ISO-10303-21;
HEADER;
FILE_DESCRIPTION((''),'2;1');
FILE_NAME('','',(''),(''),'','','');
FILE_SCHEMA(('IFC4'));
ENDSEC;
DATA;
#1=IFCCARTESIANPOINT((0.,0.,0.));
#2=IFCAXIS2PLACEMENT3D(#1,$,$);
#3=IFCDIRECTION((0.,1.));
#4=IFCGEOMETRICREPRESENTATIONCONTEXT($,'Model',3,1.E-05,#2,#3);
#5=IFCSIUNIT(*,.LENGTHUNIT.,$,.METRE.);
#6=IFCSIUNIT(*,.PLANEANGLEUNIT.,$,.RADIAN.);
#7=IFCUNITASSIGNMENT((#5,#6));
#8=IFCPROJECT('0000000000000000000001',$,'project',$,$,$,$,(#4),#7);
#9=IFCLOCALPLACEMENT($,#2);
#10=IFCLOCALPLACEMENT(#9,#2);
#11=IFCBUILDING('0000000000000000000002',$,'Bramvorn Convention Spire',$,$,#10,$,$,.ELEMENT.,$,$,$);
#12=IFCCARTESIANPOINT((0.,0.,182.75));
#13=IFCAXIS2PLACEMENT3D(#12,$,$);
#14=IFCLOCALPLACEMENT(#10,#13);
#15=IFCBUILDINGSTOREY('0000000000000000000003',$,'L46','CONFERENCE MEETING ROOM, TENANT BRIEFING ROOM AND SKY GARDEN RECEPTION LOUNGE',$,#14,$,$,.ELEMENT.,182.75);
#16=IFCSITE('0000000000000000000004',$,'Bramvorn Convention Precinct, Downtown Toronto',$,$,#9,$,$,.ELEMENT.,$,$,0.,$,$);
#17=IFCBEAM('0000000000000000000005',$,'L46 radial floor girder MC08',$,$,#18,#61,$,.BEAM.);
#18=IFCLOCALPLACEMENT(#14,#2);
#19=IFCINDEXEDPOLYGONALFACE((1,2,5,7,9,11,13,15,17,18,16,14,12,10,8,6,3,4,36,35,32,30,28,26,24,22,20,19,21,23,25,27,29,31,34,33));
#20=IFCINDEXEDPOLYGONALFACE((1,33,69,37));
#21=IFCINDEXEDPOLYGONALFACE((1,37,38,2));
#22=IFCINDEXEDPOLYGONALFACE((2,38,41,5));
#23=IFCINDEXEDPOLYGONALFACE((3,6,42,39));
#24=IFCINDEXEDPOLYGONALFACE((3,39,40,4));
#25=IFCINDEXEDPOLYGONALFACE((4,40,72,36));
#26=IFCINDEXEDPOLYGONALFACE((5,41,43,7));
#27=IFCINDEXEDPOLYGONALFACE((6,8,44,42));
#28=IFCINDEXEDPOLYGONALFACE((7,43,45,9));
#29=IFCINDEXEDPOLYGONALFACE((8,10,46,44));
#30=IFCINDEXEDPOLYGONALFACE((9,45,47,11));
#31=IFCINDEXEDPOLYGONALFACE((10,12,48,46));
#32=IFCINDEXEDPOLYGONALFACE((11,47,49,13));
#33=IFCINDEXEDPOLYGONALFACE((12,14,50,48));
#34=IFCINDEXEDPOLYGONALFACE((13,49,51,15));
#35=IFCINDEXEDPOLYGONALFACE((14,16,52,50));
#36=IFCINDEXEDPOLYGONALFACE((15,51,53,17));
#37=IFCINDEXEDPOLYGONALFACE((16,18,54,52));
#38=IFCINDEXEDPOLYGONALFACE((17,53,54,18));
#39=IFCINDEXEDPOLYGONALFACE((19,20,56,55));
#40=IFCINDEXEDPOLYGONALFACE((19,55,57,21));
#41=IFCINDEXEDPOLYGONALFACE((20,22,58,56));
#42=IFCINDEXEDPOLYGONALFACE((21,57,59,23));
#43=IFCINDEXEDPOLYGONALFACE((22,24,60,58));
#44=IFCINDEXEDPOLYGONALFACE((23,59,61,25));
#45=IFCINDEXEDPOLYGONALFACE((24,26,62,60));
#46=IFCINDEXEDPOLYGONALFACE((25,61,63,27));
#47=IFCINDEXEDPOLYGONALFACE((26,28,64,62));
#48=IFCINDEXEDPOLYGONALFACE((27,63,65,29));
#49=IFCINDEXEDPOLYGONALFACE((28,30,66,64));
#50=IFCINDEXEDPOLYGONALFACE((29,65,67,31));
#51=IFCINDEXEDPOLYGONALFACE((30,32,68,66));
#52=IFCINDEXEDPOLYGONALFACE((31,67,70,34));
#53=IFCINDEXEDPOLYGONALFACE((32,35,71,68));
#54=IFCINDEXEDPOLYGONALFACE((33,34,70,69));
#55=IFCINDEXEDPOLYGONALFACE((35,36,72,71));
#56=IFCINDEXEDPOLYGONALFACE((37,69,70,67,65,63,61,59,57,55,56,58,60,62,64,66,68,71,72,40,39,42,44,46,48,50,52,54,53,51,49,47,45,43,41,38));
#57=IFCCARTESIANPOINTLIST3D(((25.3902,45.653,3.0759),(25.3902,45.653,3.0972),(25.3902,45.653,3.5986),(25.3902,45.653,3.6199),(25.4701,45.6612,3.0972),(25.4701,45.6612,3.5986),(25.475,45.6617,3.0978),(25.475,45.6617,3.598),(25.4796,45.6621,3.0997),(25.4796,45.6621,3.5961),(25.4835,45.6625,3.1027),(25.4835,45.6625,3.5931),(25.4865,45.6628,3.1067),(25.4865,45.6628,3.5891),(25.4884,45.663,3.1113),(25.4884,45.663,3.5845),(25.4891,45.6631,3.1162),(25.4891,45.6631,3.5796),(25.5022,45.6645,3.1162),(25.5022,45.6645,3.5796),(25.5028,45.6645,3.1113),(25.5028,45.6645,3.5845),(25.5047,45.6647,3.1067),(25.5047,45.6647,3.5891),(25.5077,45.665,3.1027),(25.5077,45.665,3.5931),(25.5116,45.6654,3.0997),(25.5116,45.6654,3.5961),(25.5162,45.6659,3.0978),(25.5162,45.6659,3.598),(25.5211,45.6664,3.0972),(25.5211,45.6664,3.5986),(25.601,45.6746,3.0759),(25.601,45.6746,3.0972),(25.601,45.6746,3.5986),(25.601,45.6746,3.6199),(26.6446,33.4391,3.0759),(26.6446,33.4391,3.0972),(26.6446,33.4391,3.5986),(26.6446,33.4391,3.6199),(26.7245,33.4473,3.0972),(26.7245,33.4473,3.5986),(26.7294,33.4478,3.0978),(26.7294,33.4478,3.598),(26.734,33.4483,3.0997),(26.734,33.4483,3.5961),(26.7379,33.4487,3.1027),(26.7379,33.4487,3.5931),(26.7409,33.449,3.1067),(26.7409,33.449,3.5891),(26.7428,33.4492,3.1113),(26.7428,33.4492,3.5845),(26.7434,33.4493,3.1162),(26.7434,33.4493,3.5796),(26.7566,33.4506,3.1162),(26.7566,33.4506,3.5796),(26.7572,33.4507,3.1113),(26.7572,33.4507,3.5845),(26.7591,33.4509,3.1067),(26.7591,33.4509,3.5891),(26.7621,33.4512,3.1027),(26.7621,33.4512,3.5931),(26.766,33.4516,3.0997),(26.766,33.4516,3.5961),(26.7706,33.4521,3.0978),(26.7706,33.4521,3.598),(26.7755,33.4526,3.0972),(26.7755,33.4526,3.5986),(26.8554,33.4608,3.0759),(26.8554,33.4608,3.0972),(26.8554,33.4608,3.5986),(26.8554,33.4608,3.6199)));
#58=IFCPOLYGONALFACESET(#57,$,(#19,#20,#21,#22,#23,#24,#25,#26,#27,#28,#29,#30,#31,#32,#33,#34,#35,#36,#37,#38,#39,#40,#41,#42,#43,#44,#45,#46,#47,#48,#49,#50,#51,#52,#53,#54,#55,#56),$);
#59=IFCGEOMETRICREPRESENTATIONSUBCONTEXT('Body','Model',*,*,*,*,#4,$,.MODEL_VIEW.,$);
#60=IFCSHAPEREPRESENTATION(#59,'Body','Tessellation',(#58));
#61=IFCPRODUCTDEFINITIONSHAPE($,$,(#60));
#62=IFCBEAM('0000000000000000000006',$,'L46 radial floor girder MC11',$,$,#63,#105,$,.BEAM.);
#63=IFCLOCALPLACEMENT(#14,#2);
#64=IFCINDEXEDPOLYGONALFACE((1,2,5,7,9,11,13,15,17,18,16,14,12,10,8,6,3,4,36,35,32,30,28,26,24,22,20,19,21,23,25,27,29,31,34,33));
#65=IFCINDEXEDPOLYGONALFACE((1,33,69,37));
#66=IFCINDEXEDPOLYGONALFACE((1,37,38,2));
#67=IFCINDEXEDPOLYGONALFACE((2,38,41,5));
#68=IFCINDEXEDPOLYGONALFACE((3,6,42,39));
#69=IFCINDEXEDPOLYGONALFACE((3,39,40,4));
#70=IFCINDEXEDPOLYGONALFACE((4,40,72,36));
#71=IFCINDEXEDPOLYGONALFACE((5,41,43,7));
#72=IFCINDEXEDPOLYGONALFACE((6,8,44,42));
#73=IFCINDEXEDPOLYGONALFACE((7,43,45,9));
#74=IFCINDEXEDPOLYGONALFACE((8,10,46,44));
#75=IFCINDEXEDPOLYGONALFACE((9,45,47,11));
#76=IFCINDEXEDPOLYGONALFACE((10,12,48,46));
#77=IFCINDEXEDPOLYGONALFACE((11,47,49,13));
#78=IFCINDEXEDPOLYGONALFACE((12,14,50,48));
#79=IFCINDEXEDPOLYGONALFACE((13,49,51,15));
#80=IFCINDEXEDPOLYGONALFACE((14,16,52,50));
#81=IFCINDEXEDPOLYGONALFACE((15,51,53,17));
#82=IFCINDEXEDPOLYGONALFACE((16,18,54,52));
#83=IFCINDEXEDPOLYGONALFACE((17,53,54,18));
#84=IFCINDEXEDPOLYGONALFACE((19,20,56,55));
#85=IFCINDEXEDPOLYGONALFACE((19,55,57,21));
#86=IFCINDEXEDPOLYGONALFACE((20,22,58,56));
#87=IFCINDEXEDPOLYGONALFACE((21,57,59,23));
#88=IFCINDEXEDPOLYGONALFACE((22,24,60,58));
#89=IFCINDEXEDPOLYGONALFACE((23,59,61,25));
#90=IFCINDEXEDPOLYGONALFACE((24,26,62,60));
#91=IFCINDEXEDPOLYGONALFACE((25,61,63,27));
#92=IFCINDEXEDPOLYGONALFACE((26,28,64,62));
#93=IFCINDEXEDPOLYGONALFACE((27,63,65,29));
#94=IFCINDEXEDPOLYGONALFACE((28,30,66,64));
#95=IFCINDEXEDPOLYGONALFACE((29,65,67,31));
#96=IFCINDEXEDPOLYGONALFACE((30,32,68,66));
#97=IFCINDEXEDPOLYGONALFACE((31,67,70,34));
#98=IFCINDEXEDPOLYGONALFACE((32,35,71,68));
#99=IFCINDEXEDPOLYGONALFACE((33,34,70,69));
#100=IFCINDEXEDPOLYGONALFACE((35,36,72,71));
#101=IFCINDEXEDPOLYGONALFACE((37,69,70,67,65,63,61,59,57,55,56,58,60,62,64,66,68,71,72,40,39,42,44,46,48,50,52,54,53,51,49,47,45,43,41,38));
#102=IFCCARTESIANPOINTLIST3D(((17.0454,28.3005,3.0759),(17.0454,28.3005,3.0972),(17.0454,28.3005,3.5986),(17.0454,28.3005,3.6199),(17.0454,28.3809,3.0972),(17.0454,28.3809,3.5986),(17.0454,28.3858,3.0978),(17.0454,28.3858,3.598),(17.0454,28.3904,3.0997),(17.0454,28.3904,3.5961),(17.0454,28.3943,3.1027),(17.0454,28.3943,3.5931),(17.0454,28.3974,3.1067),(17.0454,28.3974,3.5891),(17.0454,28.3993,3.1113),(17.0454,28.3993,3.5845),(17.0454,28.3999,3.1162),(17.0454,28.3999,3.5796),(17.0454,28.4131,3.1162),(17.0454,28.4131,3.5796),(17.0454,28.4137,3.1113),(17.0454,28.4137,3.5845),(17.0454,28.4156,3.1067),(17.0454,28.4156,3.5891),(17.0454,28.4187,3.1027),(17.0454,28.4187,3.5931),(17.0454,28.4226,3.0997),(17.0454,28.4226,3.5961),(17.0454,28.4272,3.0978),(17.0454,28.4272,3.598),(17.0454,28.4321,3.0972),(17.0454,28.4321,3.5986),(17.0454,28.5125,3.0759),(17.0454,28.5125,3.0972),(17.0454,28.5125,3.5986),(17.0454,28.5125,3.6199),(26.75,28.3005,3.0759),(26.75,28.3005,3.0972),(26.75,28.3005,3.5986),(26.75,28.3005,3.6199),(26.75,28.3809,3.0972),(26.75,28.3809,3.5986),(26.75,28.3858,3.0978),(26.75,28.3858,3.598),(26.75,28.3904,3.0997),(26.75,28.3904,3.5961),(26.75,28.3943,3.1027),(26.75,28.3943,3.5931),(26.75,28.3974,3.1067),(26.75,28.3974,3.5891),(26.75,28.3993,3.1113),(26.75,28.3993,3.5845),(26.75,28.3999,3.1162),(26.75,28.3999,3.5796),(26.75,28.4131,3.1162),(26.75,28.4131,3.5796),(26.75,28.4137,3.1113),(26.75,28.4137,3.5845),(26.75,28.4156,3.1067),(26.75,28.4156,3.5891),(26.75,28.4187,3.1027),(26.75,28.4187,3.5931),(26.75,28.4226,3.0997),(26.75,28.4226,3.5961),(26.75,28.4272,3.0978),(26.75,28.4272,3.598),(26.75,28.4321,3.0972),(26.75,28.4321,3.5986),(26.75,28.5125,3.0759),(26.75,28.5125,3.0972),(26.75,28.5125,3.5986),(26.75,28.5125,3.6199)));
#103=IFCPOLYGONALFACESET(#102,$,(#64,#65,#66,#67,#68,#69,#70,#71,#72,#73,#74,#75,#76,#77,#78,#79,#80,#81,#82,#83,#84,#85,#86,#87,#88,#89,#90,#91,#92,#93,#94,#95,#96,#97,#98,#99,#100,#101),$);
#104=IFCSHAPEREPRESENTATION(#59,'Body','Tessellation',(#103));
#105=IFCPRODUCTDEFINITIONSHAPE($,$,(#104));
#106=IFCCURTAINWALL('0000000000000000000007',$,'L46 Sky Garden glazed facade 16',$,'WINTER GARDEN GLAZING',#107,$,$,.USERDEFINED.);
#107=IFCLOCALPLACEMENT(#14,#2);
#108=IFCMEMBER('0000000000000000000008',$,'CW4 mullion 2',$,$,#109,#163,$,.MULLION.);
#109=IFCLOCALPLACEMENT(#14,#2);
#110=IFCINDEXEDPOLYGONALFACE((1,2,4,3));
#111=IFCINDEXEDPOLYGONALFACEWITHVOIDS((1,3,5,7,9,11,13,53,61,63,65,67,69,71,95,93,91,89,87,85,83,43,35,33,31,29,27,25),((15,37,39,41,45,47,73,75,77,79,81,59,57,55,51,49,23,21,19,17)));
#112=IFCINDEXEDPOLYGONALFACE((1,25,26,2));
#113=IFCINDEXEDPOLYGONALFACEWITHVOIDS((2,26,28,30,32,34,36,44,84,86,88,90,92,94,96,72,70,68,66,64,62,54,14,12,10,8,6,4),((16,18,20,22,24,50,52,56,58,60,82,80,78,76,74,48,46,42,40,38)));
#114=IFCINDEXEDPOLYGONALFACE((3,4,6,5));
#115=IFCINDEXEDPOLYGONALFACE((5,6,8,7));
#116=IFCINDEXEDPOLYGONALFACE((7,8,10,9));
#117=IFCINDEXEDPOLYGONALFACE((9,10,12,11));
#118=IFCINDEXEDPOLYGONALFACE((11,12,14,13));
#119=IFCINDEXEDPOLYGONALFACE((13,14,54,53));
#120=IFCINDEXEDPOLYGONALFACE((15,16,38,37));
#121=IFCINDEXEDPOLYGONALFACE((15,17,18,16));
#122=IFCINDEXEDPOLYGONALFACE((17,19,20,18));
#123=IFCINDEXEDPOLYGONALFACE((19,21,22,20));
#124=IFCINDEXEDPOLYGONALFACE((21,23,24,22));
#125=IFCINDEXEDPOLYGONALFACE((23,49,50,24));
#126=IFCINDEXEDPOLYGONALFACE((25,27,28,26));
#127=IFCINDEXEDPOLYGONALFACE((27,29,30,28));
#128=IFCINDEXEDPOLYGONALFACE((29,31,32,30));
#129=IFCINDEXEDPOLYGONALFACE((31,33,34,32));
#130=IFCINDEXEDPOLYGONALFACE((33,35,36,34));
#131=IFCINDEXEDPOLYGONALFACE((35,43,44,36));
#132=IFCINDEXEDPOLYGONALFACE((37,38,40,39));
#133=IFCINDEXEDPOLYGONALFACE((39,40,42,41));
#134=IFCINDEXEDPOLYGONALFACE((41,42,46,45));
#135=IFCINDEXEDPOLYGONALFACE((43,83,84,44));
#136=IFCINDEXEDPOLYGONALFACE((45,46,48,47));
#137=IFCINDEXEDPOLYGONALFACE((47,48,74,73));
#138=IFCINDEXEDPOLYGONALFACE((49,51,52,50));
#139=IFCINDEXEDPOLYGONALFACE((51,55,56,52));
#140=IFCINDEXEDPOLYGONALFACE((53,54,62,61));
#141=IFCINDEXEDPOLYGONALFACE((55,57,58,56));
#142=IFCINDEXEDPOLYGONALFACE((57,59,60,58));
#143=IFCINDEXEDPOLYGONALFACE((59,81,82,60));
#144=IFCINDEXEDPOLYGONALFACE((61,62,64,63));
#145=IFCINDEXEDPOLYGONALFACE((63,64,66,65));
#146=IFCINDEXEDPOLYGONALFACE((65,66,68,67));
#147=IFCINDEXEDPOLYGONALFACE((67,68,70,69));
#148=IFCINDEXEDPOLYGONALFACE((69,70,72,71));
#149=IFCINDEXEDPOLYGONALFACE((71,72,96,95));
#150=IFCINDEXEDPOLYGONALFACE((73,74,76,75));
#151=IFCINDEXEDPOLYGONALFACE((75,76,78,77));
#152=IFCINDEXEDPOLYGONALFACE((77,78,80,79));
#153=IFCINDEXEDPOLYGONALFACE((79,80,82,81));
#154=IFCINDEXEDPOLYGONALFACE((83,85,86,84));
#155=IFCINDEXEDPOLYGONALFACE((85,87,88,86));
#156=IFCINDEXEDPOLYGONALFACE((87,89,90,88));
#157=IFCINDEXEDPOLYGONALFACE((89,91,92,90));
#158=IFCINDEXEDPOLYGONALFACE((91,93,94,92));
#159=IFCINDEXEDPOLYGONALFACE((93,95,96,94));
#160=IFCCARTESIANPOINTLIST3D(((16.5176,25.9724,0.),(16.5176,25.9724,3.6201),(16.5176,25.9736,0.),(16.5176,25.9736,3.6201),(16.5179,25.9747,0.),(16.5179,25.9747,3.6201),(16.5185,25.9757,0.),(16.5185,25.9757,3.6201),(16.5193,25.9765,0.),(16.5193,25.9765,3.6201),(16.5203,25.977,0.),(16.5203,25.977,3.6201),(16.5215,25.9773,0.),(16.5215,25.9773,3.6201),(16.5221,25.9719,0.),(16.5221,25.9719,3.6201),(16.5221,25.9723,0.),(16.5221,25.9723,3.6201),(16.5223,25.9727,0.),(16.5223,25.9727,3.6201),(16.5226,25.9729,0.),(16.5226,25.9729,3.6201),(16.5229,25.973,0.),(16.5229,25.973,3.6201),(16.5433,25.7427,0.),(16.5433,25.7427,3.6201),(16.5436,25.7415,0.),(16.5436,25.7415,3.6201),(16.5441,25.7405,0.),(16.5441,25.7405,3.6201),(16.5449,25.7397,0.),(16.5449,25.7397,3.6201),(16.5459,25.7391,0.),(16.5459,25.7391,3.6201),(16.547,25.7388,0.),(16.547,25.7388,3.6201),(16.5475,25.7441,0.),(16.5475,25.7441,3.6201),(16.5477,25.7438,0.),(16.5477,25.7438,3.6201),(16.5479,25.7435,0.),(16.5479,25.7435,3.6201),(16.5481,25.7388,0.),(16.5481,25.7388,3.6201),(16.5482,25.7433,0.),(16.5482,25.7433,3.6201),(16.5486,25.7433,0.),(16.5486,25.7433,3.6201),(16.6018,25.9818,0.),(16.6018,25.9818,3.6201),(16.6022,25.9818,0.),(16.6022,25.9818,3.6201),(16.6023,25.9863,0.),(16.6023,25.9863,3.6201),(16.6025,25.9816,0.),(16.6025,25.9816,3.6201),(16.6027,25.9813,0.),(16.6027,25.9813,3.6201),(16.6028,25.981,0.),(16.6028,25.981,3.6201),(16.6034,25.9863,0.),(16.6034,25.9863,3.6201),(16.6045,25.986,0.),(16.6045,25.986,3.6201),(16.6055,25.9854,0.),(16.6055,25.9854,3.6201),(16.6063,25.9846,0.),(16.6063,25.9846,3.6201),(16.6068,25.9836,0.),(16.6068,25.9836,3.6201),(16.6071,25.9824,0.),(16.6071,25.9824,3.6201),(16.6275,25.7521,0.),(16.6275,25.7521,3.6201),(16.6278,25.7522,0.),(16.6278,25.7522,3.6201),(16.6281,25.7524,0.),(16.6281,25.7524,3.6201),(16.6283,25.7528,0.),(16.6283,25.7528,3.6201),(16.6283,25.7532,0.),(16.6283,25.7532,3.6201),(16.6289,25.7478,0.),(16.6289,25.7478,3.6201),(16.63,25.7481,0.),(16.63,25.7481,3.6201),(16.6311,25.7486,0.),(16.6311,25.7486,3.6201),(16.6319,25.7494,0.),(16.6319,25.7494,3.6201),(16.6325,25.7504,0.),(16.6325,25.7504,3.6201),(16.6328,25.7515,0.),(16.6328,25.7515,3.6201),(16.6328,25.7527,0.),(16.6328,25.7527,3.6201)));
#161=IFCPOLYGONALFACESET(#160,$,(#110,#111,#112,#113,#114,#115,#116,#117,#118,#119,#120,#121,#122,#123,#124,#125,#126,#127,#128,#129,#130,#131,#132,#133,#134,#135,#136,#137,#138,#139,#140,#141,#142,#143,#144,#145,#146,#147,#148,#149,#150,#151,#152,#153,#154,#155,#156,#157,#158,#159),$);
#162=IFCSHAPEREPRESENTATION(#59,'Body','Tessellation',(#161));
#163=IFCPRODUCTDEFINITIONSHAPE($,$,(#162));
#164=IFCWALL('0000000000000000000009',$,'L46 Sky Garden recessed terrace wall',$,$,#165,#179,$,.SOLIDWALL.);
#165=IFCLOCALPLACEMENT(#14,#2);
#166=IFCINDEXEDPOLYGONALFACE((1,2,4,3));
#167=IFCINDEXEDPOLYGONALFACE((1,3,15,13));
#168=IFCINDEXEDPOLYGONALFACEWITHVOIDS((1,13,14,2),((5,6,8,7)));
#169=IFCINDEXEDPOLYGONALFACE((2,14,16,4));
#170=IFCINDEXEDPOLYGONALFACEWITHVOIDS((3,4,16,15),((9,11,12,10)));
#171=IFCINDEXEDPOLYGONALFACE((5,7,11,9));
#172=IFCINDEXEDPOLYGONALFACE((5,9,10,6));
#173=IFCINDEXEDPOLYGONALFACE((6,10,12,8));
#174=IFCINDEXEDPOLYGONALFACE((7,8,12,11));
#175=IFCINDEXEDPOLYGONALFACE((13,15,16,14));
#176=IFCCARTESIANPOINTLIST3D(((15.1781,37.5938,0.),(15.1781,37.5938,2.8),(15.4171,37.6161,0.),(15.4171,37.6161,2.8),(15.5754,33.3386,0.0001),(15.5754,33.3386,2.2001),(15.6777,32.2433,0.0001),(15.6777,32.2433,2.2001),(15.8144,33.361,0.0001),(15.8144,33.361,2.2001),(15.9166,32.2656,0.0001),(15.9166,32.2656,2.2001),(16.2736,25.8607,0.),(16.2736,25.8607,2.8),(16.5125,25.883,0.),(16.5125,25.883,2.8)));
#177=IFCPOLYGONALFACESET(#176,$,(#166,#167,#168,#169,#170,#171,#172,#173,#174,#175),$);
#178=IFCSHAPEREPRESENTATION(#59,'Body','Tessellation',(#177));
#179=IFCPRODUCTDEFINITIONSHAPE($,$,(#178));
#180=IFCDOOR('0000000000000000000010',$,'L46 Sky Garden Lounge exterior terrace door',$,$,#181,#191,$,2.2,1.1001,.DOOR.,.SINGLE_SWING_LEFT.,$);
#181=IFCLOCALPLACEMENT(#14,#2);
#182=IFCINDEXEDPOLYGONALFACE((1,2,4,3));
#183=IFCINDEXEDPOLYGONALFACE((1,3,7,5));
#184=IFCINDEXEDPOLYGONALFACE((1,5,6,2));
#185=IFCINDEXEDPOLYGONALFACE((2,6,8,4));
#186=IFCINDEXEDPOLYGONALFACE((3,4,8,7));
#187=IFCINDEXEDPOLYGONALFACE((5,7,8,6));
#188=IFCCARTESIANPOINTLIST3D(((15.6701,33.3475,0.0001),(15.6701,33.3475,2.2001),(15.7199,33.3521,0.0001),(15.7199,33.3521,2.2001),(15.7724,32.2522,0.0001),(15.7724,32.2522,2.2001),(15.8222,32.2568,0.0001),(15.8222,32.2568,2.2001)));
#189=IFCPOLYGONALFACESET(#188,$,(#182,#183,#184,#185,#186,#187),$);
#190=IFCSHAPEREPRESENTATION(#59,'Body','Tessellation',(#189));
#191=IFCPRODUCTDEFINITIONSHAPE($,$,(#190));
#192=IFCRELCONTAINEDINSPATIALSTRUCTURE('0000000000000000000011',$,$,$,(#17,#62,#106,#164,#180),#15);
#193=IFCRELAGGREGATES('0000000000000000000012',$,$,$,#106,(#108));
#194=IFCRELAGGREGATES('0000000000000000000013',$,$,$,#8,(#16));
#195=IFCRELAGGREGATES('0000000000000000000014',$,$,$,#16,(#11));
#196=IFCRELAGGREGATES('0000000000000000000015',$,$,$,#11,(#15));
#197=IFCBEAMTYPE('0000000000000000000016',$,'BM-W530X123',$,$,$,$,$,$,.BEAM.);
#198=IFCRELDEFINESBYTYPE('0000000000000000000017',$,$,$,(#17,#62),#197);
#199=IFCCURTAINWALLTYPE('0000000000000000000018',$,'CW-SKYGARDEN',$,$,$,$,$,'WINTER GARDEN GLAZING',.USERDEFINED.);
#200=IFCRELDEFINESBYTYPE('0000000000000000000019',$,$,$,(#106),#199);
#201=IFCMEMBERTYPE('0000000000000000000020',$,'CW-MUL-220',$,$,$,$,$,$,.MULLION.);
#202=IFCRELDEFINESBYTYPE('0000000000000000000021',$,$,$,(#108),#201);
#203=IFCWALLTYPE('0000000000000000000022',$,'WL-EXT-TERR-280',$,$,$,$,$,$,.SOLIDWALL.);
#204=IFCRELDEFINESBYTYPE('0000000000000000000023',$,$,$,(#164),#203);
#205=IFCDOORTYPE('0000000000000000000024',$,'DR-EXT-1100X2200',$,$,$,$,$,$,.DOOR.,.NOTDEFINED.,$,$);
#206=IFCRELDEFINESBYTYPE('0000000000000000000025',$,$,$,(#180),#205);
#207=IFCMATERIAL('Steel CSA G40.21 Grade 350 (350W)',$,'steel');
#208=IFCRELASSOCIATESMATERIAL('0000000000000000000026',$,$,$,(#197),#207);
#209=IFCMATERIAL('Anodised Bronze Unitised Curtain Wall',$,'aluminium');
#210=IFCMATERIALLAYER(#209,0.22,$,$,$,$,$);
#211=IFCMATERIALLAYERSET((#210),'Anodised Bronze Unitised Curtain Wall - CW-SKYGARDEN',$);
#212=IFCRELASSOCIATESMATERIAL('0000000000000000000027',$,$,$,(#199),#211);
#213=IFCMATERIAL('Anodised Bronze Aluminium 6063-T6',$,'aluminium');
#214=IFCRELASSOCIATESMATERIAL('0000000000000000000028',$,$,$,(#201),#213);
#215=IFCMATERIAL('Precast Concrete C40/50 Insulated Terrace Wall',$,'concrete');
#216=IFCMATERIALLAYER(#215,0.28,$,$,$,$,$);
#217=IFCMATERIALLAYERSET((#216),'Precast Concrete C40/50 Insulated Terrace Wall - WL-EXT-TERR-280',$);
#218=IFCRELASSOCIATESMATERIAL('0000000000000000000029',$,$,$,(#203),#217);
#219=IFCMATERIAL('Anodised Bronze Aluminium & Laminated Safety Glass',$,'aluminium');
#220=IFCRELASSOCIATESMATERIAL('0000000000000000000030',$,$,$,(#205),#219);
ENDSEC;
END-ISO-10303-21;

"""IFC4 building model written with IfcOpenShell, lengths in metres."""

from ifc_helpers import new_model, si_unit, direction, frame, frame_2d, origin, origin_2d, place, context, subcontext, project, spatial, rectangle, hollow_rectangle, i_section, extrude, material, layer, layer_set, material_profile, profile_set, type_object, element, fill, aggregate, save


model = new_model("IFC4")

# Units and contexts
model_context = context("Model", 3, precision=1e-05, world=origin(), true_north=direction((0.0, 1.0)))
body_context = subcontext(model_context, "Body", "Model", "MODEL_VIEW")
ifc_project = project(units=[si_unit("LENGTHUNIT", "METRE"), si_unit("PLANEANGLEUNIT", "RADIAN")], contexts=[model_context])

# Site, building, storey
site_placement = place(None, origin())
site = spatial("IfcSite", under=ifc_project, at=site_placement, Name="Bramvorn Convention Precinct, Downtown Toronto", CompositionType="ELEMENT", RefElevation=0.0)
building_placement = place(site_placement, origin())
building = spatial("IfcBuilding", under=site, at=building_placement, Name="Bramvorn Convention Spire", CompositionType="ELEMENT")
storey_placement = place(building_placement, frame((0.0, 0.0, 182.75)))
storey = spatial("IfcBuildingStorey", under=building, at=storey_placement, Name="L46", Description="CONFERENCE MEETING ROOM, TENANT BRIEFING ROOM AND SKY GARDEN RECEPTION LOUNGE", CompositionType="ELEMENT", Elevation=182.75)

# Shared definitions
ifc_material_1 = material(Name="Steel CSA G40.21 Grade 350 (350W)", Category="steel")

# Beams
ifc_material_profile_1 = material_profile(ifc_material_1, i_section(OverallWidth=0.2119, OverallDepth=0.5439, WebThickness=0.0132, FlangeThickness=0.0212, FilletRadius=0.019, at=origin_2d()))
ifc_profile_set_1 = profile_set([ifc_material_profile_1], Name="Steel CSA G40.21 Grade 350 (350W) - W530X123")
beam_type_1 = type_object("IfcBeamType", Name="BM-W530X123", PredefinedType="BEAM", material=ifc_profile_set_1)
beam_1_placement = place(storey_placement, frame((26.75, 33.45, 3.3479), z_axis=(-0.102165, 0.994767, 0.0), x_axis=(-0.994767, -0.102165, 0.0)))
element("IfcBeam", 1, at=beam_1_placement, inside=storey, type_object=beam_type_1, Name="L46 radial floor girder MC08", PredefinedType="BEAM", context=body_context, shape_type="SweptSolid", body=[
    extrude(i_section(OverallWidth=0.2119, OverallDepth=0.5439, WebThickness=0.0132, FlangeThickness=0.0212, FilletRadius=0.019, at=origin_2d()), origin(), (0.0, 0.0, 1.0), 12.2781),
])
beam_2_placement = place(storey_placement, frame((26.75, 28.4065, 3.3479), z_axis=(-1.0, 0.0, 0.0), x_axis=(0.0, -1.0, 0.0)))
element("IfcBeam", 2, at=beam_2_placement, inside=storey, type_object=beam_type_1, Name="L46 radial floor girder MC11", PredefinedType="BEAM", context=body_context, shape_type="SweptSolid", body=[
    extrude(i_section(OverallWidth=0.2119, OverallDepth=0.5439, WebThickness=0.0132, FlangeThickness=0.0212, FilletRadius=0.019, at=origin_2d()), origin(), (0.0, 0.0, 1.0), 9.7046),
])

# Curtain wall, member
ifc_material_2 = material(Name="Anodised Bronze Unitised Curtain Wall", Category="aluminium")
ifc_layer_1 = layer(ifc_material_2, 0.22)
ifc_layer_set_1 = layer_set([ifc_layer_1], Name="Anodised Bronze Unitised Curtain Wall - CW-SKYGARDEN")
curtain_wall_type = type_object("IfcCurtainWallType", Name="CW-SKYGARDEN", ElementType="WINTER GARDEN GLAZING", PredefinedType="USERDEFINED", material=ifc_layer_set_1)
curtain_wall_placement = place(storey_placement, origin())
curtain_wall = element("IfcCurtainWall", 3, at=curtain_wall_placement, inside=storey, type_object=curtain_wall_type, Name="L46 Sky Garden glazed facade 16", ObjectType="WINTER GARDEN GLAZING", PredefinedType="USERDEFINED")
ifc_material_3 = material(Name="Anodised Bronze Aluminium 6063-T6", Category="aluminium")
ifc_material_profile_2 = material_profile(ifc_material_3, hollow_rectangle(XDim=0.0901, YDim=0.24, WallThickness=0.0044, InnerFilletRadius=0.001, OuterFilletRadius=0.0044, at=origin_2d()))
ifc_profile_set_2 = profile_set([ifc_material_profile_2], Name="Anodised Bronze Aluminium 6063-T6 - CWM90X240")
member_type = type_object("IfcMemberType", Name="CW-MUL-220", PredefinedType="MULLION", material=ifc_profile_set_2)
member_placement = place(storey_placement, frame((16.5752, 25.8625, 0.0), z_axis=(0.0, 0.0, 1.0), x_axis=(-0.993801, -0.111174, 0.0)))
member = element("IfcMember", 4, at=member_placement, type_object=member_type, Name="CW4 mullion 2", PredefinedType="MULLION", context=body_context, shape_type="SweptSolid", body=[
    extrude(hollow_rectangle(XDim=0.0901, YDim=0.24, WallThickness=0.0044, InnerFilletRadius=0.001, OuterFilletRadius=0.0044, at=origin_2d()), origin(), (0.0, 0.0, 1.0), 3.6201),
])
aggregate(curtain_wall, [member])

# Wall, opening, door
ifc_material_4 = material(Name="Precast Concrete C40/50 Insulated Terrace Wall", Category="concrete")
ifc_layer_2 = layer(ifc_material_4, 0.28)
ifc_layer_set_2 = layer_set([ifc_layer_2], Name="Precast Concrete C40/50 Insulated Terrace Wall - WL-EXT-TERR-280")
wall_type_1 = type_object("IfcWallType", Name="WL-EXT-TERR-280", PredefinedType="SOLIDWALL", material=ifc_layer_set_2)
wall_1_placement = place(storey_placement, frame((16.3931, 25.8718, 0.0), z_axis=(0.0, 0.0, 1.0), x_axis=(-0.09296, 0.99567, 0.0)))
wall_1 = element("IfcWall", 5, at=wall_1_placement, inside=storey, type_object=wall_type_1, Name="L46 Sky Garden recessed terrace wall", PredefinedType="SOLIDWALL", context=body_context, shape_type="SweptSolid", body=[
    extrude(rectangle(XDim=11.7842, YDim=0.24, at=frame_2d((5.8921, 0.0))), origin(), (0.0, 0.0, 1.0), 2.8),
])
opening_1_placement = place(wall_1_placement, frame((6.4104, 0.0, 0.0)))
opening_1 = element("IfcOpeningElement", 6, at=opening_1_placement, cuts=wall_1, PredefinedType="OPENING", context=body_context, shape_type="SweptSolid", body=[
    extrude(rectangle(XDim=1.1001, YDim=2.2, at=frame_2d((0.55, 1.1001))), frame((0.0, 0.1299, 0.0), z_axis=(0.0, -1.0, 0.0), x_axis=(1.0, 0.0, 0.0)), (0.0, 0.0, 1.0), 0.26),
])
ifc_material_5 = material(Name="Anodised Bronze Aluminium & Laminated Safety Glass", Category="aluminium")
door_type_1 = type_object("IfcDoorType", Name="DR-EXT-1100X2200", OperationType="NOTDEFINED", PredefinedType="DOOR", material=ifc_material_5)
door_1_placement = place(opening_1_placement, origin())
door_1 = element("IfcDoor", 7, at=door_1_placement, inside=storey, type_object=door_type_1, Name="L46 Sky Garden Lounge exterior terrace door", OperationType="SINGLE_SWING_LEFT", OverallHeight=2.2, OverallWidth=1.1001, PredefinedType="DOOR", context=body_context, shape_type="SweptSolid", body=[
    extrude(rectangle(XDim=1.1001, YDim=2.2, at=frame_2d((0.55, 1.1001))), frame((0.0, 0.0249, 0.0), z_axis=(0.0, -1.0, 0.0), x_axis=(1.0, 0.0, 0.0)), (0.0, 0.0, 1.0), 0.05),
])
fill(opening_1, door_1)

save(model, "model.ifc")
